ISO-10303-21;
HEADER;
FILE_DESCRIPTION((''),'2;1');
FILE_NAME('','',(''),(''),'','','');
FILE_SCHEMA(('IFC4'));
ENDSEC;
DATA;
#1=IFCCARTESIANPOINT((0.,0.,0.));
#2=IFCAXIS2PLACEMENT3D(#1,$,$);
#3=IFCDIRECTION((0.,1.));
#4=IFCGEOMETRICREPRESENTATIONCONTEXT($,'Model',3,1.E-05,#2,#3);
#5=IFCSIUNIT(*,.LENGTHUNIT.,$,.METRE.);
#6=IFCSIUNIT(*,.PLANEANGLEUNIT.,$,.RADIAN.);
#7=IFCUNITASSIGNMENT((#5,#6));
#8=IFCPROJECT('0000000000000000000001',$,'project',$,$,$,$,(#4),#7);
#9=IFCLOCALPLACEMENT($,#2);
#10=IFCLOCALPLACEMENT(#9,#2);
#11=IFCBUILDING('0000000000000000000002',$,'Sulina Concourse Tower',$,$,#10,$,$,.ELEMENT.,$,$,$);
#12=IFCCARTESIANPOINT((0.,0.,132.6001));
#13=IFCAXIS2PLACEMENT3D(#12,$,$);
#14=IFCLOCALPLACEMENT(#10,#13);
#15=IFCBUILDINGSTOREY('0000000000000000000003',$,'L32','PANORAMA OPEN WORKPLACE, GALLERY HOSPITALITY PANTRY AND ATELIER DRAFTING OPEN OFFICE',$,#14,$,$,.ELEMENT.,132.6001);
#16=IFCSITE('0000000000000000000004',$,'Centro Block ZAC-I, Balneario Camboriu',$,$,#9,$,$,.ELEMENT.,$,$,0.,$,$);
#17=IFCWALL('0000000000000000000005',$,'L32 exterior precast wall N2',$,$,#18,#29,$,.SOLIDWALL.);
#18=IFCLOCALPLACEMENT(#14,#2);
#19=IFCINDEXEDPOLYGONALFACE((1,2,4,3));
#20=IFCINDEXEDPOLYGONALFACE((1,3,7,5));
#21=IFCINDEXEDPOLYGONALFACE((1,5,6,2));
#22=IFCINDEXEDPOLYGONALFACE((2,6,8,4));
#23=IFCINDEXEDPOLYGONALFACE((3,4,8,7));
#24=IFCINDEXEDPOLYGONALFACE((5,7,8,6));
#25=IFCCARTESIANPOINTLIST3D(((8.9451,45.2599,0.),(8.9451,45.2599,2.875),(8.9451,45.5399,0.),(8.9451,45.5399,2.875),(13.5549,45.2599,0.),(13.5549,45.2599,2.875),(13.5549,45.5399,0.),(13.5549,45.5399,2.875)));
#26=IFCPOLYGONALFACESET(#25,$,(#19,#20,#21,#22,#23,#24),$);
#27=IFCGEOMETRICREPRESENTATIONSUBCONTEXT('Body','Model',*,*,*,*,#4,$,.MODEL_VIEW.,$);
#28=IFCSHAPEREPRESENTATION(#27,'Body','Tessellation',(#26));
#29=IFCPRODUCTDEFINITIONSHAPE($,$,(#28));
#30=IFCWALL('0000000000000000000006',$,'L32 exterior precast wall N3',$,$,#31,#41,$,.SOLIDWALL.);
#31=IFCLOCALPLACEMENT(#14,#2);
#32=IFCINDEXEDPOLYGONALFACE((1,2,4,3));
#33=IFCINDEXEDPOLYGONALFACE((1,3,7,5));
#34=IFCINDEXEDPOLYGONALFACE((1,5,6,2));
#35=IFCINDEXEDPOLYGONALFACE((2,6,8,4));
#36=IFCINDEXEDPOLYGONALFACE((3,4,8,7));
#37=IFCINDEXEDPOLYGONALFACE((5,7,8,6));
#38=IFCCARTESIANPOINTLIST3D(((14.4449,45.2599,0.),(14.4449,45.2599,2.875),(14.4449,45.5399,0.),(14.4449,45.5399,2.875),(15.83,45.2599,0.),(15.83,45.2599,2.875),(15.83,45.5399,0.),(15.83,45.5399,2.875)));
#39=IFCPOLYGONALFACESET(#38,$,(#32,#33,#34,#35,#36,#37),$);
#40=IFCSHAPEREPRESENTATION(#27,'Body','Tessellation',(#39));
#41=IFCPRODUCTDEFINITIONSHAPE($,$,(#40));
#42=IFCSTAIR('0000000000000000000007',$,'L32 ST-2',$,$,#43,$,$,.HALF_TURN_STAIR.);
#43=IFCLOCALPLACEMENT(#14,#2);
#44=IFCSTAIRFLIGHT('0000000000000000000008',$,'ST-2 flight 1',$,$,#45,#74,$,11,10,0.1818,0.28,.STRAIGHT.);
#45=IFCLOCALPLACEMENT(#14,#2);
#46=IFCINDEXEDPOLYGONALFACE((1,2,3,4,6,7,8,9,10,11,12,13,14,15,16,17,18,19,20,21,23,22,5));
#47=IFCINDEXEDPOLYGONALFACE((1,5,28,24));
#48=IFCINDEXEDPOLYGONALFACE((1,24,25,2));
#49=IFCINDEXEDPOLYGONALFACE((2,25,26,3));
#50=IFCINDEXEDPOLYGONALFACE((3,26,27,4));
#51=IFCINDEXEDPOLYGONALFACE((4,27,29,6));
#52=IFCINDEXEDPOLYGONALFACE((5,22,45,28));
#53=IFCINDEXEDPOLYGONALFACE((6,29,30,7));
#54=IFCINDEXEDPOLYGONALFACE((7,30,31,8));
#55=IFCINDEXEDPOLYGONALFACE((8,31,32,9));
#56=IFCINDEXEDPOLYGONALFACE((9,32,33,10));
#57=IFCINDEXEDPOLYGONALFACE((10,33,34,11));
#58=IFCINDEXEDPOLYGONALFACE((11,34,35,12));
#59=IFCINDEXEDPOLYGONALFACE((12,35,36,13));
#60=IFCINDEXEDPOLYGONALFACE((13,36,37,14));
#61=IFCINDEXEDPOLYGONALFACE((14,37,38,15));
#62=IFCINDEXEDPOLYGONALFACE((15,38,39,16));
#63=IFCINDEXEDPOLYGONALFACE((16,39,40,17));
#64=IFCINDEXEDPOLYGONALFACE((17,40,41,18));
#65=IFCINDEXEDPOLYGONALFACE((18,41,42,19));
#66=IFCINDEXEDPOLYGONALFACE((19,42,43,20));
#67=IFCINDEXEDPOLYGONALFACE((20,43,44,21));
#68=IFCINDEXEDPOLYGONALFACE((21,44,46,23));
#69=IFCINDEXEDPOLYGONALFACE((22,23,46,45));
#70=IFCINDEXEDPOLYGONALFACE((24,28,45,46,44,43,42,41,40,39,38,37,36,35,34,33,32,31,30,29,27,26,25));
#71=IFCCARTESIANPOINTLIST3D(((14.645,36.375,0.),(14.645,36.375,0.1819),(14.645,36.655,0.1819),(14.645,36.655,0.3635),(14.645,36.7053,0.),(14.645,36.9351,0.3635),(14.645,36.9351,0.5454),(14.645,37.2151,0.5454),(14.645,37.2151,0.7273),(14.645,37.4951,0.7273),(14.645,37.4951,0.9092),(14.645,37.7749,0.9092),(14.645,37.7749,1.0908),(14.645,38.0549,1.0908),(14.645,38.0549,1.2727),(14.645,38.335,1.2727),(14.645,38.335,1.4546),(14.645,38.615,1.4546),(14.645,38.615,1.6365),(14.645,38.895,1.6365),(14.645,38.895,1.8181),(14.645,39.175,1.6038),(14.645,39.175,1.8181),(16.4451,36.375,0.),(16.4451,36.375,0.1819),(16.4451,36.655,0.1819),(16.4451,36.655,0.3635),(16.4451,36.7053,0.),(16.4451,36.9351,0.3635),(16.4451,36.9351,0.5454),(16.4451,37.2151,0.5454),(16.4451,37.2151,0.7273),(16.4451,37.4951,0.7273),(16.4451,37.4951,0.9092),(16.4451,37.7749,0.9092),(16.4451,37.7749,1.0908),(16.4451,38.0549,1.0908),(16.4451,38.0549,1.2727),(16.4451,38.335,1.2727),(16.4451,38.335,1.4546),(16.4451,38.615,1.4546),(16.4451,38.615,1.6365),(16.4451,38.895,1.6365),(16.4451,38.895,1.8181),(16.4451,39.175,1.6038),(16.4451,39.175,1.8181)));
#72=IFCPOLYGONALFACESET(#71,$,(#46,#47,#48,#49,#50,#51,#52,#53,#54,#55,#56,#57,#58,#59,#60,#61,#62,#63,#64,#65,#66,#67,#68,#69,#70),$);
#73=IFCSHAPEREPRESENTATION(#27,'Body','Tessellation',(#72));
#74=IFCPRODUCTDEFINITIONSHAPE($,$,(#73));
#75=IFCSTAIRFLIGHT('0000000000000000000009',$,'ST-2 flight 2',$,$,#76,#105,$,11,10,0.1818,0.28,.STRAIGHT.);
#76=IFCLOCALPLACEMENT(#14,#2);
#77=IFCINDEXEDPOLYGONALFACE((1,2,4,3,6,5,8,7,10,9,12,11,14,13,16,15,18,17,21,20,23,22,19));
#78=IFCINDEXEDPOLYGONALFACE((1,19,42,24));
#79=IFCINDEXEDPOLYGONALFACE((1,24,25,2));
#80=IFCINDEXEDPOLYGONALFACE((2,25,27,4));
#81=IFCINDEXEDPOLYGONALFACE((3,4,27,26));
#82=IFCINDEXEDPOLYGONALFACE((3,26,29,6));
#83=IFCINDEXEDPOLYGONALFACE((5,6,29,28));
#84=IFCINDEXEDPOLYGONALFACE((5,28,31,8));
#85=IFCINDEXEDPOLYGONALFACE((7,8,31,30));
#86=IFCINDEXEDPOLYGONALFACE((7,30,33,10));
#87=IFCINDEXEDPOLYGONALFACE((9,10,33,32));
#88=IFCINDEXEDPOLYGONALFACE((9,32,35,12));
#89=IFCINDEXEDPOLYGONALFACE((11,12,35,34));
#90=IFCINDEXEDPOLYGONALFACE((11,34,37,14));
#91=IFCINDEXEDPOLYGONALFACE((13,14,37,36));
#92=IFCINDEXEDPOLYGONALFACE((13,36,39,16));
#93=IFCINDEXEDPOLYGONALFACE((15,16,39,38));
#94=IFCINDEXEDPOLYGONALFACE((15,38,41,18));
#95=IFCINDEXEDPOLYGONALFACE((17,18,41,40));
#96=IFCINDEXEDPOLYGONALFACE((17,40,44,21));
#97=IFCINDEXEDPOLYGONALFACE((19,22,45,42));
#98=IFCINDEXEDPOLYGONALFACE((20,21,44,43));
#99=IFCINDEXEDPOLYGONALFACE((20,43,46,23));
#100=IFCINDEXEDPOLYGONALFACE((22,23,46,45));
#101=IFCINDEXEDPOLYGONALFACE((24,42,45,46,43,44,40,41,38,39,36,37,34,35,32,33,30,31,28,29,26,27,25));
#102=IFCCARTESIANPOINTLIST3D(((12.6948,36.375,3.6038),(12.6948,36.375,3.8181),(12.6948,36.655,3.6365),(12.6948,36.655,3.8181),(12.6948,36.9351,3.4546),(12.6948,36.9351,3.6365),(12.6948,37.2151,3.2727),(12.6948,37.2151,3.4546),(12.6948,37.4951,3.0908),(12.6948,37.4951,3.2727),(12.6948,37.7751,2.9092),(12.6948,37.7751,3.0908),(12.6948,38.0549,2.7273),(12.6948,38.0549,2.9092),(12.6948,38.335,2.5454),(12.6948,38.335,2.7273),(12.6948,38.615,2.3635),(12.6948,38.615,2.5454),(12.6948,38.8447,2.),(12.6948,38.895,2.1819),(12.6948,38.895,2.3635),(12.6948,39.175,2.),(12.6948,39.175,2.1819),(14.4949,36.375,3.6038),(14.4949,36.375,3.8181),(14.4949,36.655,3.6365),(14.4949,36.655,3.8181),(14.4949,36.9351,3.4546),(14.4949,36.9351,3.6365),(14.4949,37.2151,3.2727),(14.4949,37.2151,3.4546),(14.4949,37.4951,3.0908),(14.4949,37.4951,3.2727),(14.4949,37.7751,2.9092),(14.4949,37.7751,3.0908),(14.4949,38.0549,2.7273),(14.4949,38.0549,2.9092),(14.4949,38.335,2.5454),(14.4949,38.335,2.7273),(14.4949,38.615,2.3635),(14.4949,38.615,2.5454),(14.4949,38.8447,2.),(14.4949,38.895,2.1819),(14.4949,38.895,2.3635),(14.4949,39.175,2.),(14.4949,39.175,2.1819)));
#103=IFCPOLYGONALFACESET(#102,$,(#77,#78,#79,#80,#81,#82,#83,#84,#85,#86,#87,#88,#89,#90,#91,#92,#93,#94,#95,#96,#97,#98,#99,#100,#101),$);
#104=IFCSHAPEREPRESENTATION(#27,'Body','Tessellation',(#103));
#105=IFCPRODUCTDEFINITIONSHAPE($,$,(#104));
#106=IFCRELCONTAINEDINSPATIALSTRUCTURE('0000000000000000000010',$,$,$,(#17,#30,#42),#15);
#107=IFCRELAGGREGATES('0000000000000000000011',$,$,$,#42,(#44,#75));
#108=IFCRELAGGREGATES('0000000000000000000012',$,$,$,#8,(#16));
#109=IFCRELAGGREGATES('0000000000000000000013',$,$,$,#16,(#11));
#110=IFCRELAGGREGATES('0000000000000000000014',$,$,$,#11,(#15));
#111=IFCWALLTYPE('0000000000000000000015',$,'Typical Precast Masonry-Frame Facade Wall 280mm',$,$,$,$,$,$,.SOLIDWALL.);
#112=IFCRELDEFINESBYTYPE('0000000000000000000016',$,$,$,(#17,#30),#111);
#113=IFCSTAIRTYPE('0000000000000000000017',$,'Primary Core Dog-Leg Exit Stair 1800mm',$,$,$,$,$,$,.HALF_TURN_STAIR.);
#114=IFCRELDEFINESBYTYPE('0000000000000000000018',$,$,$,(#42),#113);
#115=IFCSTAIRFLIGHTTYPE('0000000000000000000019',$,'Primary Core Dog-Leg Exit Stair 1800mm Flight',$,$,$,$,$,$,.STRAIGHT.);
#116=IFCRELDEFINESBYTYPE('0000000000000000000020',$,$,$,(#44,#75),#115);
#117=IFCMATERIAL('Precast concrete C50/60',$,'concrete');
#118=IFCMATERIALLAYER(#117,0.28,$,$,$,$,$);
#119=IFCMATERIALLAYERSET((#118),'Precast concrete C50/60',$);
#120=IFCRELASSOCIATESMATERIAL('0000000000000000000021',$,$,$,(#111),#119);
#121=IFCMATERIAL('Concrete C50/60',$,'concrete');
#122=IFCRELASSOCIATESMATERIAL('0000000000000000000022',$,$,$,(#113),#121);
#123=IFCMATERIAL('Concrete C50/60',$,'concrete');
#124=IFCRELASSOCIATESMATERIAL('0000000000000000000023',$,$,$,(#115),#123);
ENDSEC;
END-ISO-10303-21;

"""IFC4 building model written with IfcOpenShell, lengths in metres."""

from ifc_helpers import new_model, si_unit, direction, frame, frame_2d, origin, place, context, subcontext, project, spatial, polyline, rectangle, outline, extrude, material, layer, layer_set, type_object, element, aggregate, save


model = new_model("IFC4")

# Units and contexts
model_context = context("Model", 3, precision=1e-05, world=origin(), true_north=direction((0.0, 1.0)))
body_context = subcontext(model_context, "Body", "Model", "MODEL_VIEW")
ifc_project = project(units=[si_unit("LENGTHUNIT", "METRE"), si_unit("PLANEANGLEUNIT", "RADIAN")], contexts=[model_context])

# Site, building, storey
site_placement = place(None, origin())
site = spatial("IfcSite", under=ifc_project, at=site_placement, Name="Centro Block ZAC-I, Balneario Camboriu", CompositionType="ELEMENT", RefElevation=0.0)
building_placement = place(site_placement, origin())
building = spatial("IfcBuilding", under=site, at=building_placement, Name="Sulina Concourse Tower", CompositionType="ELEMENT")
storey_placement = place(building_placement, frame((0.0, 0.0, 132.6001)))
storey = spatial("IfcBuildingStorey", under=building, at=storey_placement, Name="L32", Description="PANORAMA OPEN WORKPLACE, GALLERY HOSPITALITY PANTRY AND ATELIER DRAFTING OPEN OFFICE", CompositionType="ELEMENT", Elevation=132.6001)

# Walls
ifc_material_1 = material(Name="Precast concrete C50/60", Category="concrete")
ifc_layer_1 = layer(ifc_material_1, 0.28)
ifc_layer_set_1 = layer_set([ifc_layer_1], Name="Precast concrete C50/60")
wall_type_1 = type_object("IfcWallType", Name="Typical Precast Masonry-Frame Facade Wall 280mm", PredefinedType="SOLIDWALL", material=ifc_layer_set_1)
wall_1_placement = place(storey_placement, frame((8.9451, 45.3999, 0.0), z_axis=(0.0, 0.0, 1.0), x_axis=(1.0, 0.0, 0.0)))
element("IfcWall", 1, at=wall_1_placement, inside=storey, type_object=wall_type_1, Name="L32 exterior precast wall N2", PredefinedType="SOLIDWALL", context=body_context, shape_type="SweptSolid", body=[
    extrude(rectangle(XDim=4.6099, YDim=0.28, at=frame_2d((2.3049, 0.0))), origin(), (0.0, 0.0, 1.0), 2.875),
])
wall_2_placement = place(storey_placement, frame((14.4451, 45.3999, 0.0), z_axis=(0.0, 0.0, 1.0), x_axis=(1.0, 0.0, 0.0)))
element("IfcWall", 2, at=wall_2_placement, inside=storey, type_object=wall_type_1, Name="L32 exterior precast wall N3", PredefinedType="SOLIDWALL", context=body_context, shape_type="SweptSolid", body=[
    extrude(rectangle(XDim=1.385, YDim=0.28, at=frame_2d((0.6924, 0.0))), origin(), (0.0, 0.0, 1.0), 2.875),
])

# Stair, stair flights
ifc_material_2 = material(Name="Concrete C50/60", Category="concrete")
stair_type = type_object("IfcStairType", Name="Primary Core Dog-Leg Exit Stair 1800mm", PredefinedType="HALF_TURN_STAIR", material=ifc_material_2)
stair_placement = place(storey_placement, origin())
stair = element("IfcStair", 3, at=stair_placement, inside=storey, type_object=stair_type, Name="L32 ST-2", PredefinedType="HALF_TURN_STAIR")
ifc_material_3 = material(Name="Concrete C50/60", Category="concrete")
stair_flight_type = type_object("IfcStairFlightType", Name="Primary Core Dog-Leg Exit Stair 1800mm Flight", PredefinedType="STRAIGHT", material=ifc_material_3)
stair_flight_1_placement = place(storey_placement, frame((15.5449, 36.375, 0.0), z_axis=(0.0, 0.0, 1.0), x_axis=(0.0, 1.0, 0.0)))
stair_flight_1 = element("IfcStairFlight", 4, at=stair_flight_1_placement, type_object=stair_flight_type, Name="ST-2 flight 1", NumberOfRisers=11, NumberOfTreads=10, PredefinedType="STRAIGHT", RiserHeight=0.1818, TreadLength=0.28, context=body_context, shape_type="SweptSolid", body=[
    extrude(outline(polyline([(0.0, 0.0), (0.0, 0.1819), (0.28, 0.1819), (0.28, 0.3635), (0.5601, 0.3635), (0.5601, 0.5454), (0.8401, 0.5454), (0.8401, 0.7273), (1.1201, 0.7273), (1.1201, 0.9092), (1.3999, 0.9092), (1.3999, 1.0908), (1.6799, 1.0908), (1.6799, 1.2727), (1.96, 1.2727), (1.96, 1.4546), (2.24, 1.4546), (2.24, 1.6365), (2.52, 1.6365), (2.52, 1.8181), (2.8, 1.8181), (2.8, 2.0), (2.8, 1.6038), (0.3303, 0.0), (0.0, 0.0)])), frame((0.0, 0.8999, 0.0), z_axis=(0.0, -1.0, 0.0), x_axis=(1.0, 0.0, 0.0)), (0.0, 0.0, 1.0), 1.8),
])
stair_flight_2_placement = place(storey_placement, frame((13.595, 39.175, 2.0), z_axis=(0.0, 0.0, 1.0), x_axis=(0.0, -1.0, 0.0)))
stair_flight_2 = element("IfcStairFlight", 5, at=stair_flight_2_placement, type_object=stair_flight_type, Name="ST-2 flight 2", NumberOfRisers=11, NumberOfTreads=10, PredefinedType="STRAIGHT", RiserHeight=0.1818, TreadLength=0.28, context=body_context, shape_type="SweptSolid", body=[
    extrude(outline(polyline([(0.0, 0.0), (0.0, 0.1819), (0.28, 0.1819), (0.28, 0.3635), (0.5601, 0.3635), (0.5601, 0.5454), (0.8401, 0.5454), (0.8401, 0.7273), (1.1201, 0.7273), (1.1201, 0.9092), (1.3999, 0.9092), (1.3999, 1.0908), (1.6799, 1.0908), (1.6799, 1.2727), (1.96, 1.2727), (1.96, 1.4546), (2.24, 1.4546), (2.24, 1.6365), (2.52, 1.6365), (2.52, 1.8181), (2.8, 1.8181), (2.8, 2.0), (2.8, 1.6038), (0.3303, 0.0), (0.0, 0.0)])), frame((0.0, 0.8999, 0.0), z_axis=(0.0, -1.0, 0.0), x_axis=(1.0, 0.0, 0.0)), (0.0, 0.0, 1.0), 1.8),
])
aggregate(stair, [stair_flight_1, stair_flight_2])

save(model, "model.ifc")
